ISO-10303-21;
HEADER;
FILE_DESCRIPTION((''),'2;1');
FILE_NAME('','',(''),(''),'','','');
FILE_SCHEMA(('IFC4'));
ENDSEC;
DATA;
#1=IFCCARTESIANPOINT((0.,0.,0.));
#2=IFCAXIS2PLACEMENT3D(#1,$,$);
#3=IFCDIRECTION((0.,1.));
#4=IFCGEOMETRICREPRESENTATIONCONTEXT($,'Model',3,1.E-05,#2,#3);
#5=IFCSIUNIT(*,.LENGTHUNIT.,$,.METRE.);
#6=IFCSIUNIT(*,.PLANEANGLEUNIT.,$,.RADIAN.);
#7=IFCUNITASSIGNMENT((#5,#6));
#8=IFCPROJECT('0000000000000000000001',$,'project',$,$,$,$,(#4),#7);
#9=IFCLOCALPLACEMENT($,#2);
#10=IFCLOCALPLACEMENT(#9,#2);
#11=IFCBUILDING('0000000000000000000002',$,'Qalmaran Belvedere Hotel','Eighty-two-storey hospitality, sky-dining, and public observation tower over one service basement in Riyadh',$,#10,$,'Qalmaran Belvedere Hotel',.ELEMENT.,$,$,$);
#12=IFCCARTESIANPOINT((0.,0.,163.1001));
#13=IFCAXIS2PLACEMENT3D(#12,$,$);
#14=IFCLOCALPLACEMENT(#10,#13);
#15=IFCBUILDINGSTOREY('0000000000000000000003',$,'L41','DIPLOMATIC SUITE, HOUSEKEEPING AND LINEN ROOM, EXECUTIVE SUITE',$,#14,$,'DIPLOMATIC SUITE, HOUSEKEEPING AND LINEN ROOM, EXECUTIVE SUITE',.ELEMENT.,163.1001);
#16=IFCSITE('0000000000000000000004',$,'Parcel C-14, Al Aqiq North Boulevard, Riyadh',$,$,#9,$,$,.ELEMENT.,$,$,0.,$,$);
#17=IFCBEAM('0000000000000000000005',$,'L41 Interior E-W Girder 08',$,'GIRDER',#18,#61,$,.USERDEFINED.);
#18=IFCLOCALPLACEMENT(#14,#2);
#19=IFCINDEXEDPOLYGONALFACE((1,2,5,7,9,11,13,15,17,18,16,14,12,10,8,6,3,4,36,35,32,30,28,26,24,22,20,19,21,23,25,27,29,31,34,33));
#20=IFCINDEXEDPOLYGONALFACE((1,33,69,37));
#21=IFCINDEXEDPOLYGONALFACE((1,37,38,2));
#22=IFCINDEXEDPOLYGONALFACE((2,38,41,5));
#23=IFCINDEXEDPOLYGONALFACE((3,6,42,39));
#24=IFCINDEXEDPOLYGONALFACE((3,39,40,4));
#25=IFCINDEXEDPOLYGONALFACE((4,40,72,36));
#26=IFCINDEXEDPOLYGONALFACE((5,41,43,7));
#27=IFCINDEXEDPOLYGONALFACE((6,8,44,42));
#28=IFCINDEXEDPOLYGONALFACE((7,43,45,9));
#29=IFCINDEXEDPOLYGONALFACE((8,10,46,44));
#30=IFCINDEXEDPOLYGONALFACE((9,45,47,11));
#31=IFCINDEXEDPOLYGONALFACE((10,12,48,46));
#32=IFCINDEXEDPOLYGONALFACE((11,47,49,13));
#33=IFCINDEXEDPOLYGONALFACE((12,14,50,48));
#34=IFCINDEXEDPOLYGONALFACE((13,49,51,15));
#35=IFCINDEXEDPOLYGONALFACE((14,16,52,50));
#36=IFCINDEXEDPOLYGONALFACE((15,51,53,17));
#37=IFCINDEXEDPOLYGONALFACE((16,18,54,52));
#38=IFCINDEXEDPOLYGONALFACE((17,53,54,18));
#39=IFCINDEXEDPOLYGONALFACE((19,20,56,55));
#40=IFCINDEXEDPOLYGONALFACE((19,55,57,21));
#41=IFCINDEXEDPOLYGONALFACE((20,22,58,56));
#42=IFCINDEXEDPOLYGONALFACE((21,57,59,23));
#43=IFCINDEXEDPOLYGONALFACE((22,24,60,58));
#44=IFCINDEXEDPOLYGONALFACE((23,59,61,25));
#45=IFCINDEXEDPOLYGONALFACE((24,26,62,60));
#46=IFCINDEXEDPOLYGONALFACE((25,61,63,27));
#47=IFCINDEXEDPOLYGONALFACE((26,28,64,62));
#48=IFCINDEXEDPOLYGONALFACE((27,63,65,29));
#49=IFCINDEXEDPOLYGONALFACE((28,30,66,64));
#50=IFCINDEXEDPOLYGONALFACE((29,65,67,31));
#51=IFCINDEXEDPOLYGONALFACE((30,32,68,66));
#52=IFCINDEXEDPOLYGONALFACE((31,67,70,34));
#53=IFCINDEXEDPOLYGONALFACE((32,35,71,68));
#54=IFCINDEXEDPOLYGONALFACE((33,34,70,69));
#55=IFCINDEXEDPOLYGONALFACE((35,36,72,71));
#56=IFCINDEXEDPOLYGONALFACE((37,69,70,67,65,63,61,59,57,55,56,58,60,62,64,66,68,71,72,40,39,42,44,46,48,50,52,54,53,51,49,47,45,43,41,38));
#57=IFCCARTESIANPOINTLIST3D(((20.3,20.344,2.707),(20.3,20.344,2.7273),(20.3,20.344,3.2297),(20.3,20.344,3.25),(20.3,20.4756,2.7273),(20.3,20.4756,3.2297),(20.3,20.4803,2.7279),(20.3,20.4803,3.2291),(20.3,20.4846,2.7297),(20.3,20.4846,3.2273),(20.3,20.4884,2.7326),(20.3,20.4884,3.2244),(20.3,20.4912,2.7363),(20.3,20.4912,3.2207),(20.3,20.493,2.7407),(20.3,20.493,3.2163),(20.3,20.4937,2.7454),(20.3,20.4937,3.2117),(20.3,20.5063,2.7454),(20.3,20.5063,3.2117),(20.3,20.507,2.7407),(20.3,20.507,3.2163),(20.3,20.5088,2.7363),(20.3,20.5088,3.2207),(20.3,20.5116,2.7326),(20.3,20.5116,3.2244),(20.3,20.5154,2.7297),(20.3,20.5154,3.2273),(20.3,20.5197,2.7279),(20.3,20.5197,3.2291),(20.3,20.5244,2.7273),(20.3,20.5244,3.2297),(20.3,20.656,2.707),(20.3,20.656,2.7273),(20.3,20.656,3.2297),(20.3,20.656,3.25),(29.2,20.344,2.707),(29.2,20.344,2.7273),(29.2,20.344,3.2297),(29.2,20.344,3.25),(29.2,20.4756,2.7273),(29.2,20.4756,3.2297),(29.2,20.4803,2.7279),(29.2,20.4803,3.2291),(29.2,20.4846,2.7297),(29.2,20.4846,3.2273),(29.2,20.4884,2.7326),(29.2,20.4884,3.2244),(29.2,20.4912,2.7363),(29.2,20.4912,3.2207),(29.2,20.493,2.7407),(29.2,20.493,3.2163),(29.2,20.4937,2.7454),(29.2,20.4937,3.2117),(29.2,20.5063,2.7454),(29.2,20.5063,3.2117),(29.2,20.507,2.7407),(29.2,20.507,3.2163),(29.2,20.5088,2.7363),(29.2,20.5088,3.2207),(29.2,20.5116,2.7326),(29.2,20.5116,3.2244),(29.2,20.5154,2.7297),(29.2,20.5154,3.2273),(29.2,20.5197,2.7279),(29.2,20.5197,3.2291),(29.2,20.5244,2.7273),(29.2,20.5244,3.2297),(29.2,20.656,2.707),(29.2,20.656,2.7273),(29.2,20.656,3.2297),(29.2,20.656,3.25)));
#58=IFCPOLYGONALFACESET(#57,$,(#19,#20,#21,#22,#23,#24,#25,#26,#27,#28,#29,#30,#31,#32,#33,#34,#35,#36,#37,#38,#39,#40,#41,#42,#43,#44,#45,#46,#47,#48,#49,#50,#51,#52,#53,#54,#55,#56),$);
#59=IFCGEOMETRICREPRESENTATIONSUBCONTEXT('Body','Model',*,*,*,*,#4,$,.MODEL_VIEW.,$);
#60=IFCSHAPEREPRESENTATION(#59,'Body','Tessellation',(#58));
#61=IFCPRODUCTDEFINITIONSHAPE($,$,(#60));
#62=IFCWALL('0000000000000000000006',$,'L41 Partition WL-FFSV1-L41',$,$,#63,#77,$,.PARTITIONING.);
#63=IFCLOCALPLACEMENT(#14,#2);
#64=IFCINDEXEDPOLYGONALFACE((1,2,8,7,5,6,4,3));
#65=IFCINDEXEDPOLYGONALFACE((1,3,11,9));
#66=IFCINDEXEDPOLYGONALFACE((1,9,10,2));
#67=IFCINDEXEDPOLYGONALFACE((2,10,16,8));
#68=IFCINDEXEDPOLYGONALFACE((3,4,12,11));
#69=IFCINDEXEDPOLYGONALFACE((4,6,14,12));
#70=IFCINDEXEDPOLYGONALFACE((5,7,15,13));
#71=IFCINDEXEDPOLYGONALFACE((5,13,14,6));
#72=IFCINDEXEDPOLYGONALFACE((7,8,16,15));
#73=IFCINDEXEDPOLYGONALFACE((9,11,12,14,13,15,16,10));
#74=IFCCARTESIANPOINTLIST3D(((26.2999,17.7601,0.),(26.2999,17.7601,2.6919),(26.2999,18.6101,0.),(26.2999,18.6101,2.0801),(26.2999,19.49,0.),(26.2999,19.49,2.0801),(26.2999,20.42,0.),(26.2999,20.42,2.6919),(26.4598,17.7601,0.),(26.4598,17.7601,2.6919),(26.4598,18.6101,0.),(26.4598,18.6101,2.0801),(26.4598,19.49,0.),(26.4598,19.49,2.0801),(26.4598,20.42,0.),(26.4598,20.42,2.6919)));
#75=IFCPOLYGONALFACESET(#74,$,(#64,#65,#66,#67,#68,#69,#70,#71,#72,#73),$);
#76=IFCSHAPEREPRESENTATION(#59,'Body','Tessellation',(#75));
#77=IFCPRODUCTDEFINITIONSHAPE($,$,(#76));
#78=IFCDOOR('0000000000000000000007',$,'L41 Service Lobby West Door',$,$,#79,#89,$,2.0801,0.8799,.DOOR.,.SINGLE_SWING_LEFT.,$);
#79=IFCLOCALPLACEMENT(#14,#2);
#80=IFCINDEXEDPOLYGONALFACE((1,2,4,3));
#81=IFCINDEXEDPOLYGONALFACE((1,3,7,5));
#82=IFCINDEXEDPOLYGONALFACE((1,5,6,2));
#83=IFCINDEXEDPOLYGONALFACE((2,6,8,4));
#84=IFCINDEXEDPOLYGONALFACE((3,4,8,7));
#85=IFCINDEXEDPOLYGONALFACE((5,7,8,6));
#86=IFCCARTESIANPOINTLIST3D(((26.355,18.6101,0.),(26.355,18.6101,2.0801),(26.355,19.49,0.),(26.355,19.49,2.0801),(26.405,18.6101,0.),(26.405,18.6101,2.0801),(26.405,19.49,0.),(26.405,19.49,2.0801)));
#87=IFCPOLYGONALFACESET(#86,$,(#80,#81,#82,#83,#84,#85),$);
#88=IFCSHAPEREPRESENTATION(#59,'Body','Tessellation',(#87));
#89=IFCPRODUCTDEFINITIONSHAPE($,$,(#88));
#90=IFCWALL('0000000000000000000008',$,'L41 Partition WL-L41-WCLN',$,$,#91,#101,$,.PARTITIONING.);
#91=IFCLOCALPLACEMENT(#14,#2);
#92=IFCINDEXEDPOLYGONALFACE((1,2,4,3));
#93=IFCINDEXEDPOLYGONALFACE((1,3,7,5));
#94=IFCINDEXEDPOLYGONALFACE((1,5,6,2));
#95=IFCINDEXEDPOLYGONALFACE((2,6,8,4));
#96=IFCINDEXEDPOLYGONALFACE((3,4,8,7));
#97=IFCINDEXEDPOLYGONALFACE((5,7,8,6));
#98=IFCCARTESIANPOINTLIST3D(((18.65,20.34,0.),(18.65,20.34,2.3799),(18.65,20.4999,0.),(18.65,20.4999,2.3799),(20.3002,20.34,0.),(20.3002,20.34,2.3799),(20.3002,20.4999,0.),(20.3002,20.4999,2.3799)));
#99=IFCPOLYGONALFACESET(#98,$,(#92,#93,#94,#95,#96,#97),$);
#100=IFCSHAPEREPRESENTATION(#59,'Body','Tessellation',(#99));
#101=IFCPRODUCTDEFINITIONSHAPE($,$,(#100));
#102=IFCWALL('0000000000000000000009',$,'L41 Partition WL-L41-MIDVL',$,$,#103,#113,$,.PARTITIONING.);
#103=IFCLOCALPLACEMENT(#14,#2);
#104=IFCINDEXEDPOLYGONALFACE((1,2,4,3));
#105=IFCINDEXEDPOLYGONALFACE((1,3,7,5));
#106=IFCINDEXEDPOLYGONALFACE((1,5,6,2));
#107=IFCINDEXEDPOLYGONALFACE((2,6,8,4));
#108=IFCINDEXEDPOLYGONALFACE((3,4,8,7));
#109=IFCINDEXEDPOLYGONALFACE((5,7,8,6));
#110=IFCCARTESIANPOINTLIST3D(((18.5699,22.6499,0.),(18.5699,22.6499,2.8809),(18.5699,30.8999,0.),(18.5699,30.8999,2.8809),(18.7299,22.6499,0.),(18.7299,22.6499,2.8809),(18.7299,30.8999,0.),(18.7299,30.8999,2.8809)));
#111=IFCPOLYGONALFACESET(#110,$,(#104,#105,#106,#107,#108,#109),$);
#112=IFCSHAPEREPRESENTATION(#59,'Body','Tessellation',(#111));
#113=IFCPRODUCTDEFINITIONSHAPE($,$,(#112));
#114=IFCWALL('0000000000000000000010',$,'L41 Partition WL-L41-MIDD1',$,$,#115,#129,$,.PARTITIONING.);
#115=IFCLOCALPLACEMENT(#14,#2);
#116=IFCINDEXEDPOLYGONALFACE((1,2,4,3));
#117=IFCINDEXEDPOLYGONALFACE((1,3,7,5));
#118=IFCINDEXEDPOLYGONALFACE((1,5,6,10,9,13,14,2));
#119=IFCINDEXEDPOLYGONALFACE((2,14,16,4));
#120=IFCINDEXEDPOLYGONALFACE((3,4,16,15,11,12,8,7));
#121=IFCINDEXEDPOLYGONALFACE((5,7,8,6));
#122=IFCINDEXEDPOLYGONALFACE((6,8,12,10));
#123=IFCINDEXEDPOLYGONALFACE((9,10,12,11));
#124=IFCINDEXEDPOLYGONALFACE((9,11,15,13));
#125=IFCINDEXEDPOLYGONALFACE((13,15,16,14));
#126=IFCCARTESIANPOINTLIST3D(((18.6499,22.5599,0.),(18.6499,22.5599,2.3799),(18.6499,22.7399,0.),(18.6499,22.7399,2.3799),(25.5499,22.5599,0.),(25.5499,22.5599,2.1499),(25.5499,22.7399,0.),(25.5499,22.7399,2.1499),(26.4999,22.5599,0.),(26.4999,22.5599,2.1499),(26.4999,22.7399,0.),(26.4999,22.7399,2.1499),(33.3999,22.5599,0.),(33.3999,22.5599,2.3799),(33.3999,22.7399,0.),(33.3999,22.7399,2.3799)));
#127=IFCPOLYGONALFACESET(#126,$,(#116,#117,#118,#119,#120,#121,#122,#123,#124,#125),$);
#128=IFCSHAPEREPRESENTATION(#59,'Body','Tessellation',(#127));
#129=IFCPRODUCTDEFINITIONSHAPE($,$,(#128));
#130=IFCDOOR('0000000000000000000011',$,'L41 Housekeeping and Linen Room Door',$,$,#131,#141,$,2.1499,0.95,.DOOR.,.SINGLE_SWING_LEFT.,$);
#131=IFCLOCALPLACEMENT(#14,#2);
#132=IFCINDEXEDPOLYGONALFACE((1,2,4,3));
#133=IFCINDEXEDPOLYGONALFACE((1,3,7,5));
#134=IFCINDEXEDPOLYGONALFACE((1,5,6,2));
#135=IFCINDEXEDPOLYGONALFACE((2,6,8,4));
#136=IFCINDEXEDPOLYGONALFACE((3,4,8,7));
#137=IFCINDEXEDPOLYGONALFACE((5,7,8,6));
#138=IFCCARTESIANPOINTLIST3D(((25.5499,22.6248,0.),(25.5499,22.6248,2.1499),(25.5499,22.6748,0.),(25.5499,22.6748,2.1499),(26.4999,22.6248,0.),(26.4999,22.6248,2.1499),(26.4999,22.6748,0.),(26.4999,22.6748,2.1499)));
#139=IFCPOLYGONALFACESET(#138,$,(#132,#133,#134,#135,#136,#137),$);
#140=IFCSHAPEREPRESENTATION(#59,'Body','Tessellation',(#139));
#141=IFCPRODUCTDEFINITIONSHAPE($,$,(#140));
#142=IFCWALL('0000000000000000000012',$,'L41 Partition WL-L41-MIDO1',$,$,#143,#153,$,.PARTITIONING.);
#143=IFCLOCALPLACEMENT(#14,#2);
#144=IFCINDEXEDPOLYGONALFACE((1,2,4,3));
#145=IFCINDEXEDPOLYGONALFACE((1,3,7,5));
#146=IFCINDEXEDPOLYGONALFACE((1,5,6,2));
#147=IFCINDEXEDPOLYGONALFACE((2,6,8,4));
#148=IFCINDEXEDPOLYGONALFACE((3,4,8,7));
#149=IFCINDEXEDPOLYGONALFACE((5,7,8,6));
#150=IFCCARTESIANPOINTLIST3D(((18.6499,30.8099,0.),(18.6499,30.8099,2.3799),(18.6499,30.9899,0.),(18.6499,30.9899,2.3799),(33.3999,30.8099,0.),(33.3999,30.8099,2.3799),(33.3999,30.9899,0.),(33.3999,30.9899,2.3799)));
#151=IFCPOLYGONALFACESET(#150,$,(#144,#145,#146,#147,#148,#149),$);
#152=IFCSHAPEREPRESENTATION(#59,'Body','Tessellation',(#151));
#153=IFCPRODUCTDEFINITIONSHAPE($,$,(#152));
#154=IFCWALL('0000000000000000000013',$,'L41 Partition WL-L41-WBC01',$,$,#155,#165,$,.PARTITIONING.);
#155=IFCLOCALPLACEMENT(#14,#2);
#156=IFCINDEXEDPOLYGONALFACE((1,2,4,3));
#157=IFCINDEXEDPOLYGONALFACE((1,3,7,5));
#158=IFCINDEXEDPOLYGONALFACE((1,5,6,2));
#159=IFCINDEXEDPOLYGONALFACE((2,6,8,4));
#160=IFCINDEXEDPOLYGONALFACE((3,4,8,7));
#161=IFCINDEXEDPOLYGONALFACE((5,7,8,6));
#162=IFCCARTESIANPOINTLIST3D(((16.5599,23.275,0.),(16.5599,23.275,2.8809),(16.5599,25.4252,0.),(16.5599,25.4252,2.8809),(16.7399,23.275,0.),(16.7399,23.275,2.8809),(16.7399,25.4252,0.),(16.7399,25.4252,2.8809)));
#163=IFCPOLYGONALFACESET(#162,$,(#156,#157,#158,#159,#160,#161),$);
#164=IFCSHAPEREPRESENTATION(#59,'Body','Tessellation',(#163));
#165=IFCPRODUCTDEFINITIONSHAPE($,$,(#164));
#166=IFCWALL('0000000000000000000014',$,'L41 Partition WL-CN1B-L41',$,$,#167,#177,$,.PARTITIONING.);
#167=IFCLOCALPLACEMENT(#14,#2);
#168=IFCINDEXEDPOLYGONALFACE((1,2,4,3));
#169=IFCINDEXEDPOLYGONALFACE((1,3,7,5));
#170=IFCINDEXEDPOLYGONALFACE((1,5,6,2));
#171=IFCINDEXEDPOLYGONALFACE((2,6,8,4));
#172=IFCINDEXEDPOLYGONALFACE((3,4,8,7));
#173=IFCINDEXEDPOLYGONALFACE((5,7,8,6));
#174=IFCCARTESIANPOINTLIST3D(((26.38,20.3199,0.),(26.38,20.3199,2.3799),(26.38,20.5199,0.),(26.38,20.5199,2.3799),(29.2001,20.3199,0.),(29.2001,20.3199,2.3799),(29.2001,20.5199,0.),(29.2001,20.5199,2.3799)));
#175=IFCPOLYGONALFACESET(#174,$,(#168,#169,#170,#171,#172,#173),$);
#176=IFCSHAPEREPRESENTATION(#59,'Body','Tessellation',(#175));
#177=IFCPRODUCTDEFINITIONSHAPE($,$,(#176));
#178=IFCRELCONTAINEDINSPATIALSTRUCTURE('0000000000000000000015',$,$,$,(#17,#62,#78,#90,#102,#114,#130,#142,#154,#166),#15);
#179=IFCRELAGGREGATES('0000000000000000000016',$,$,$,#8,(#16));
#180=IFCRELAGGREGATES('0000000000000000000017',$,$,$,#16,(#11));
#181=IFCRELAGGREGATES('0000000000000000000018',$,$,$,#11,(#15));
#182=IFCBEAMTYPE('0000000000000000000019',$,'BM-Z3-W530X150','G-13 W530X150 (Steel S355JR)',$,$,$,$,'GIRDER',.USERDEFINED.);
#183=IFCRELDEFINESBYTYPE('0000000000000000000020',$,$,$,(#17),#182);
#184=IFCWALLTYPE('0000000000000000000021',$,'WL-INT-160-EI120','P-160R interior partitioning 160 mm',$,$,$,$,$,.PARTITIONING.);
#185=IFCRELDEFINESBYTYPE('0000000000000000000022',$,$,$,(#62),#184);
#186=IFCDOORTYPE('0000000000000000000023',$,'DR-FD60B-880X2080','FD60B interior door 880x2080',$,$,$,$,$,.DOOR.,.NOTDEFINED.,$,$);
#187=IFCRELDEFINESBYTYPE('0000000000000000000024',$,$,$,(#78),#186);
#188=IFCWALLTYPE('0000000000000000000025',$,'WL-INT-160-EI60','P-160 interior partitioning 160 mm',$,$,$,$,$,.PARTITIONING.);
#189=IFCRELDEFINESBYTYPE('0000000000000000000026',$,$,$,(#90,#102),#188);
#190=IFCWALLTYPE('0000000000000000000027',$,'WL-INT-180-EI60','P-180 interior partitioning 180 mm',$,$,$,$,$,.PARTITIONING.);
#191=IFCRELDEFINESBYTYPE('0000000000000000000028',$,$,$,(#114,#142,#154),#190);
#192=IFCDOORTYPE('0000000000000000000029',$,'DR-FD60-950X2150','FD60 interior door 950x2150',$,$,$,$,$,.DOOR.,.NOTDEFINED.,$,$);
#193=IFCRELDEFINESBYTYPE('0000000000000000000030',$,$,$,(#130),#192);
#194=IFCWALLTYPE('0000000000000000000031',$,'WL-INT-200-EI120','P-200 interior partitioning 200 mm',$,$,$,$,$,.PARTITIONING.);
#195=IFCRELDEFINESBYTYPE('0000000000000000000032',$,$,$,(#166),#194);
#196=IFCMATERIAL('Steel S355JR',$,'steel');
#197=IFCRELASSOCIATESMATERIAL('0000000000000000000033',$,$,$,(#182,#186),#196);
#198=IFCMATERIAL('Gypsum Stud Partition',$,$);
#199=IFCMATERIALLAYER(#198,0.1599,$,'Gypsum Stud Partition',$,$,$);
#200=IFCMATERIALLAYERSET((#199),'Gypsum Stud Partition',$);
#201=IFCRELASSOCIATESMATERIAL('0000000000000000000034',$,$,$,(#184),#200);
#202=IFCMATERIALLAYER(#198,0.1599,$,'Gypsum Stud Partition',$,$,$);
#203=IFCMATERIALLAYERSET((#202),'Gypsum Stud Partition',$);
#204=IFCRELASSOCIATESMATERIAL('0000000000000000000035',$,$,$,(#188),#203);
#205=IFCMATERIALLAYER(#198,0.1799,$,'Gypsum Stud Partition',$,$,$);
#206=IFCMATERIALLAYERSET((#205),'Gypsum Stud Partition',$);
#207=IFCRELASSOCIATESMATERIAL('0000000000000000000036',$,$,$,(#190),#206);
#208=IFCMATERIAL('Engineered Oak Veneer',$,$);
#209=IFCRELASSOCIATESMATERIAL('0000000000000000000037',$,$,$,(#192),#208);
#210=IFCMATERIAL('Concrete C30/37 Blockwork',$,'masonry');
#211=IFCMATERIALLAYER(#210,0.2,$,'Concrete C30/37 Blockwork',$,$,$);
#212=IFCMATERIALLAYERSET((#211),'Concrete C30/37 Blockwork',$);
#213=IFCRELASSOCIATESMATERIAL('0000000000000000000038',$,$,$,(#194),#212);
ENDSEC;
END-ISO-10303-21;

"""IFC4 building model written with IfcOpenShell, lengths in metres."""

from ifc_helpers import new_model, si_unit, direction, frame, frame_2d, origin, origin_2d, place, context, subcontext, project, spatial, rectangle, i_section, extrude, material, layer, layer_set, material_profile, profile_set, type_object, element, fill, save


model = new_model("IFC4")

# Units and contexts
model_context = context("Model", 3, precision=1e-05, world=origin(), true_north=direction((0.0, 1.0)))
body_context = subcontext(model_context, "Body", "Model", "MODEL_VIEW")
ifc_project = project(units=[si_unit("LENGTHUNIT", "METRE"), si_unit("PLANEANGLEUNIT", "RADIAN")], contexts=[model_context])

# Site, building, storey
site_placement = place(None, origin())
site = spatial("IfcSite", under=ifc_project, at=site_placement, Name="Parcel C-14, Al Aqiq North Boulevard, Riyadh", CompositionType="ELEMENT", RefElevation=0.0)
building_placement = place(site_placement, origin())
building = spatial("IfcBuilding", under=site, at=building_placement, Name="Qalmaran Belvedere Hotel", Description="Eighty-two-storey hospitality, sky-dining, and public observation tower over one service basement in Riyadh", LongName="Qalmaran Belvedere Hotel", CompositionType="ELEMENT")
storey_placement = place(building_placement, frame((0.0, 0.0, 163.1001)))
storey = spatial("IfcBuildingStorey", under=building, at=storey_placement, Name="L41", Description="DIPLOMATIC SUITE, HOUSEKEEPING AND LINEN ROOM, EXECUTIVE SUITE", LongName="DIPLOMATIC SUITE, HOUSEKEEPING AND LINEN ROOM, EXECUTIVE SUITE", CompositionType="ELEMENT", Elevation=163.1001)

# Beam
ifc_material_1 = material(Name="Steel S355JR", Category="steel")
ifc_material_profile_1 = material_profile(ifc_material_1, i_section(OverallWidth=0.312, OverallDepth=0.543, WebThickness=0.0127, FlangeThickness=0.0203, FilletRadius=0.0181, at=origin_2d()), Name="W530X150")
ifc_profile_set_1 = profile_set([ifc_material_profile_1], Name="Steel S355JR")
beam_type_1 = type_object("IfcBeamType", Name="BM-Z3-W530X150", Description="G-13 W530X150 (Steel S355JR)", ElementType="GIRDER", PredefinedType="USERDEFINED", material=ifc_profile_set_1)
beam_1_placement = place(storey_placement, frame((20.3, 20.5, 2.9785), z_axis=(1.0, 0.0, 0.0), x_axis=(0.0, 1.0, 0.0)))
element("IfcBeam", 1, at=beam_1_placement, inside=storey, type_object=beam_type_1, Name="L41 Interior E-W Girder 08", ObjectType="GIRDER", PredefinedType="USERDEFINED", context=body_context, shape_type="SweptSolid", body=[
    extrude(i_section(OverallWidth=0.312, OverallDepth=0.543, WebThickness=0.0127, FlangeThickness=0.0203, FilletRadius=0.0181, at=origin_2d()), origin(), (0.0, 0.0, 1.0), 8.8999),
])

# Wall, opening, door
ifc_material_2 = material(Name="Gypsum Stud Partition")
ifc_layer_1 = layer(ifc_material_2, 0.1599, Name="Gypsum Stud Partition")
ifc_layer_set_1 = layer_set([ifc_layer_1], Name="Gypsum Stud Partition")
wall_type_1 = type_object("IfcWallType", Name="WL-INT-160-EI120", Description="P-160R interior partitioning 160 mm", PredefinedType="PARTITIONING", material=ifc_layer_set_1)
wall_1_placement = place(storey_placement, frame((26.3799, 17.76, 0.0), z_axis=(0.0, 0.0, 1.0), x_axis=(0.0, 1.0, 0.0)))
wall_1 = element("IfcWall", 2, at=wall_1_placement, inside=storey, type_object=wall_type_1, Name="L41 Partition WL-FFSV1-L41", PredefinedType="PARTITIONING", context=body_context, shape_type="SweptSolid", body=[
    extrude(rectangle(XDim=2.6599, YDim=0.1599, at=frame_2d((1.3301, 0.0))), origin(), (0.0, 0.0, 1.0), 2.6919),
])
opening_1_placement = place(wall_1_placement, frame((0.8501, 0.0, 0.0)))
opening_1 = element("IfcOpeningElement", 3, at=opening_1_placement, cuts=wall_1, PredefinedType="OPENING", context=body_context, shape_type="SweptSolid", body=[
    extrude(rectangle(XDim=0.8799, YDim=2.0801, at=frame_2d((0.4399, 1.04))), frame((0.0, 0.0898, 0.0), z_axis=(0.0, -1.0, 0.0), x_axis=(1.0, 0.0, 0.0)), (0.0, 0.0, 1.0), 0.1799),
])
door_type_1 = type_object("IfcDoorType", Name="DR-FD60B-880X2080", Description="FD60B interior door 880x2080", OperationType="NOTDEFINED", PredefinedType="DOOR", material=ifc_material_1)
door_1_placement = place(opening_1_placement, origin())
door_1 = element("IfcDoor", 4, at=door_1_placement, inside=storey, type_object=door_type_1, Name="L41 Service Lobby West Door", OperationType="SINGLE_SWING_LEFT", OverallHeight=2.0801, OverallWidth=0.8799, PredefinedType="DOOR", context=body_context, shape_type="SweptSolid", body=[
    extrude(rectangle(XDim=0.8799, YDim=2.0801, at=frame_2d((0.4399, 1.04))), frame((0.0, 0.0249, 0.0), z_axis=(0.0, -1.0, 0.0), x_axis=(1.0, 0.0, 0.0)), (0.0, 0.0, 1.0), 0.05),
])
fill(opening_1, door_1)

# Walls
ifc_layer_2 = layer(ifc_material_2, 0.1599, Name="Gypsum Stud Partition")
ifc_layer_set_2 = layer_set([ifc_layer_2], Name="Gypsum Stud Partition")
wall_type_2 = type_object("IfcWallType", Name="WL-INT-160-EI60", Description="P-160 interior partitioning 160 mm", PredefinedType="PARTITIONING", material=ifc_layer_set_2)
wall_2_placement = place(storey_placement, frame((18.6499, 20.4199, 0.0), z_axis=(0.0, 0.0, 1.0), x_axis=(1.0, 0.0, 0.0)))
element("IfcWall", 5, at=wall_2_placement, inside=storey, type_object=wall_type_2, Name="L41 Partition WL-L41-WCLN", PredefinedType="PARTITIONING", context=body_context, shape_type="SweptSolid", body=[
    extrude(rectangle(XDim=1.6501, YDim=0.1599, at=frame_2d((0.8252, 0.0))), origin(), (0.0, 0.0, 1.0), 2.3799),
])
wall_3_placement = place(storey_placement, frame((18.6499, 22.6499, 0.0), z_axis=(0.0, 0.0, 1.0), x_axis=(0.0, 1.0, 0.0)))
element("IfcWall", 6, at=wall_3_placement, inside=storey, type_object=wall_type_2, Name="L41 Partition WL-L41-MIDVL", PredefinedType="PARTITIONING", context=body_context, shape_type="SweptSolid", body=[
    extrude(rectangle(XDim=8.25, YDim=0.1599, at=frame_2d((4.125, 0.0))), origin(), (0.0, 0.0, 1.0), 2.8809),
])

# Wall, opening, door
ifc_layer_3 = layer(ifc_material_2, 0.1799, Name="Gypsum Stud Partition")
ifc_layer_set_3 = layer_set([ifc_layer_3], Name="Gypsum Stud Partition")
wall_type_3 = type_object("IfcWallType", Name="WL-INT-180-EI60", Description="P-180 interior partitioning 180 mm", PredefinedType="PARTITIONING", material=ifc_layer_set_3)
wall_4_placement = place(storey_placement, frame((18.6499, 22.6499, 0.0), z_axis=(0.0, 0.0, 1.0), x_axis=(1.0, 0.0, 0.0)))
wall_4 = element("IfcWall", 7, at=wall_4_placement, inside=storey, type_object=wall_type_3, Name="L41 Partition WL-L41-MIDD1", PredefinedType="PARTITIONING", context=body_context, shape_type="SweptSolid", body=[
    extrude(rectangle(XDim=14.75, YDim=0.1799, at=frame_2d((7.375, 0.0))), origin(), (0.0, 0.0, 1.0), 2.3799),
])
opening_2_placement = place(wall_4_placement, frame((6.8999, 0.0, 0.0)))
opening_2 = element("IfcOpeningElement", 8, at=opening_2_placement, cuts=wall_4, PredefinedType="OPENING", context=body_context, shape_type="SweptSolid", body=[
    extrude(rectangle(XDim=0.95, YDim=2.1499, at=frame_2d((0.4751, 1.075))), frame((0.0, 0.1001, 0.0), z_axis=(0.0, -1.0, 0.0), x_axis=(1.0, 0.0, 0.0)), (0.0, 0.0, 1.0), 0.2),
])
ifc_material_3 = material(Name="Engineered Oak Veneer")
door_type_2 = type_object("IfcDoorType", Name="DR-FD60-950X2150", Description="FD60 interior door 950x2150", OperationType="NOTDEFINED", PredefinedType="DOOR", material=ifc_material_3)
door_2_placement = place(opening_2_placement, origin())
door_2 = element("IfcDoor", 9, at=door_2_placement, inside=storey, type_object=door_type_2, Name="L41 Housekeeping and Linen Room Door", OperationType="SINGLE_SWING_LEFT", OverallHeight=2.1499, OverallWidth=0.95, PredefinedType="DOOR", context=body_context, shape_type="SweptSolid", body=[
    extrude(rectangle(XDim=0.95, YDim=2.1499, at=frame_2d((0.4751, 1.075))), frame((0.0, 0.0249, 0.0), z_axis=(0.0, -1.0, 0.0), x_axis=(1.0, 0.0, 0.0)), (0.0, 0.0, 1.0), 0.05),
])
fill(opening_2, door_2)

# Wall
wall_5_placement = place(storey_placement, frame((18.6499, 30.8999, 0.0), z_axis=(0.0, 0.0, 1.0), x_axis=(1.0, 0.0, 0.0)))
element("IfcWall", 10, at=wall_5_placement, inside=storey, type_object=wall_type_3, Name="L41 Partition WL-L41-MIDO1", PredefinedType="PARTITIONING", context=body_context, shape_type="SweptSolid", body=[
    extrude(rectangle(XDim=14.75, YDim=0.1799, at=frame_2d((7.375, 0.0))), origin(), (0.0, 0.0, 1.0), 2.3799),
])

# Wall
wall_6_placement = place(storey_placement, frame((16.6499, 23.2749, 0.0), z_axis=(0.0, 0.0, 1.0), x_axis=(0.0, 1.0, 0.0)))
element("IfcWall", 11, at=wall_6_placement, inside=storey, type_object=wall_type_3, Name="L41 Partition WL-L41-WBC01", PredefinedType="PARTITIONING", context=body_context, shape_type="SweptSolid", body=[
    extrude(rectangle(XDim=2.1501, YDim=0.1799, at=frame_2d((1.0752, 0.0))), origin(), (0.0, 0.0, 1.0), 2.8809),
])

# Shared definitions
ifc_material_4 = material(Name="Concrete C30/37 Blockwork", Category="masonry")
ifc_layer_4 = layer(ifc_material_4, 0.2, Name="Concrete C30/37 Blockwork")
ifc_layer_set_4 = layer_set([ifc_layer_4], Name="Concrete C30/37 Blockwork")
wall_type_4 = type_object("IfcWallType", Name="WL-INT-200-EI120", Description="P-200 interior partitioning 200 mm", PredefinedType="PARTITIONING", material=ifc_layer_set_4)

# Wall
wall_7_placement = place(storey_placement, frame((26.3799, 20.4199, 0.0), z_axis=(0.0, 0.0, 1.0), x_axis=(1.0, 0.0, 0.0)))
element("IfcWall", 12, at=wall_7_placement, inside=storey, type_object=wall_type_4, Name="L41 Partition WL-CN1B-L41", PredefinedType="PARTITIONING", context=body_context, shape_type="SweptSolid", body=[
    extrude(rectangle(XDim=2.8201, YDim=0.2, at=frame_2d((1.4102, 0.0))), origin(), (0.0, 0.0, 1.0), 2.3799),
])

save(model, "model.ifc")
